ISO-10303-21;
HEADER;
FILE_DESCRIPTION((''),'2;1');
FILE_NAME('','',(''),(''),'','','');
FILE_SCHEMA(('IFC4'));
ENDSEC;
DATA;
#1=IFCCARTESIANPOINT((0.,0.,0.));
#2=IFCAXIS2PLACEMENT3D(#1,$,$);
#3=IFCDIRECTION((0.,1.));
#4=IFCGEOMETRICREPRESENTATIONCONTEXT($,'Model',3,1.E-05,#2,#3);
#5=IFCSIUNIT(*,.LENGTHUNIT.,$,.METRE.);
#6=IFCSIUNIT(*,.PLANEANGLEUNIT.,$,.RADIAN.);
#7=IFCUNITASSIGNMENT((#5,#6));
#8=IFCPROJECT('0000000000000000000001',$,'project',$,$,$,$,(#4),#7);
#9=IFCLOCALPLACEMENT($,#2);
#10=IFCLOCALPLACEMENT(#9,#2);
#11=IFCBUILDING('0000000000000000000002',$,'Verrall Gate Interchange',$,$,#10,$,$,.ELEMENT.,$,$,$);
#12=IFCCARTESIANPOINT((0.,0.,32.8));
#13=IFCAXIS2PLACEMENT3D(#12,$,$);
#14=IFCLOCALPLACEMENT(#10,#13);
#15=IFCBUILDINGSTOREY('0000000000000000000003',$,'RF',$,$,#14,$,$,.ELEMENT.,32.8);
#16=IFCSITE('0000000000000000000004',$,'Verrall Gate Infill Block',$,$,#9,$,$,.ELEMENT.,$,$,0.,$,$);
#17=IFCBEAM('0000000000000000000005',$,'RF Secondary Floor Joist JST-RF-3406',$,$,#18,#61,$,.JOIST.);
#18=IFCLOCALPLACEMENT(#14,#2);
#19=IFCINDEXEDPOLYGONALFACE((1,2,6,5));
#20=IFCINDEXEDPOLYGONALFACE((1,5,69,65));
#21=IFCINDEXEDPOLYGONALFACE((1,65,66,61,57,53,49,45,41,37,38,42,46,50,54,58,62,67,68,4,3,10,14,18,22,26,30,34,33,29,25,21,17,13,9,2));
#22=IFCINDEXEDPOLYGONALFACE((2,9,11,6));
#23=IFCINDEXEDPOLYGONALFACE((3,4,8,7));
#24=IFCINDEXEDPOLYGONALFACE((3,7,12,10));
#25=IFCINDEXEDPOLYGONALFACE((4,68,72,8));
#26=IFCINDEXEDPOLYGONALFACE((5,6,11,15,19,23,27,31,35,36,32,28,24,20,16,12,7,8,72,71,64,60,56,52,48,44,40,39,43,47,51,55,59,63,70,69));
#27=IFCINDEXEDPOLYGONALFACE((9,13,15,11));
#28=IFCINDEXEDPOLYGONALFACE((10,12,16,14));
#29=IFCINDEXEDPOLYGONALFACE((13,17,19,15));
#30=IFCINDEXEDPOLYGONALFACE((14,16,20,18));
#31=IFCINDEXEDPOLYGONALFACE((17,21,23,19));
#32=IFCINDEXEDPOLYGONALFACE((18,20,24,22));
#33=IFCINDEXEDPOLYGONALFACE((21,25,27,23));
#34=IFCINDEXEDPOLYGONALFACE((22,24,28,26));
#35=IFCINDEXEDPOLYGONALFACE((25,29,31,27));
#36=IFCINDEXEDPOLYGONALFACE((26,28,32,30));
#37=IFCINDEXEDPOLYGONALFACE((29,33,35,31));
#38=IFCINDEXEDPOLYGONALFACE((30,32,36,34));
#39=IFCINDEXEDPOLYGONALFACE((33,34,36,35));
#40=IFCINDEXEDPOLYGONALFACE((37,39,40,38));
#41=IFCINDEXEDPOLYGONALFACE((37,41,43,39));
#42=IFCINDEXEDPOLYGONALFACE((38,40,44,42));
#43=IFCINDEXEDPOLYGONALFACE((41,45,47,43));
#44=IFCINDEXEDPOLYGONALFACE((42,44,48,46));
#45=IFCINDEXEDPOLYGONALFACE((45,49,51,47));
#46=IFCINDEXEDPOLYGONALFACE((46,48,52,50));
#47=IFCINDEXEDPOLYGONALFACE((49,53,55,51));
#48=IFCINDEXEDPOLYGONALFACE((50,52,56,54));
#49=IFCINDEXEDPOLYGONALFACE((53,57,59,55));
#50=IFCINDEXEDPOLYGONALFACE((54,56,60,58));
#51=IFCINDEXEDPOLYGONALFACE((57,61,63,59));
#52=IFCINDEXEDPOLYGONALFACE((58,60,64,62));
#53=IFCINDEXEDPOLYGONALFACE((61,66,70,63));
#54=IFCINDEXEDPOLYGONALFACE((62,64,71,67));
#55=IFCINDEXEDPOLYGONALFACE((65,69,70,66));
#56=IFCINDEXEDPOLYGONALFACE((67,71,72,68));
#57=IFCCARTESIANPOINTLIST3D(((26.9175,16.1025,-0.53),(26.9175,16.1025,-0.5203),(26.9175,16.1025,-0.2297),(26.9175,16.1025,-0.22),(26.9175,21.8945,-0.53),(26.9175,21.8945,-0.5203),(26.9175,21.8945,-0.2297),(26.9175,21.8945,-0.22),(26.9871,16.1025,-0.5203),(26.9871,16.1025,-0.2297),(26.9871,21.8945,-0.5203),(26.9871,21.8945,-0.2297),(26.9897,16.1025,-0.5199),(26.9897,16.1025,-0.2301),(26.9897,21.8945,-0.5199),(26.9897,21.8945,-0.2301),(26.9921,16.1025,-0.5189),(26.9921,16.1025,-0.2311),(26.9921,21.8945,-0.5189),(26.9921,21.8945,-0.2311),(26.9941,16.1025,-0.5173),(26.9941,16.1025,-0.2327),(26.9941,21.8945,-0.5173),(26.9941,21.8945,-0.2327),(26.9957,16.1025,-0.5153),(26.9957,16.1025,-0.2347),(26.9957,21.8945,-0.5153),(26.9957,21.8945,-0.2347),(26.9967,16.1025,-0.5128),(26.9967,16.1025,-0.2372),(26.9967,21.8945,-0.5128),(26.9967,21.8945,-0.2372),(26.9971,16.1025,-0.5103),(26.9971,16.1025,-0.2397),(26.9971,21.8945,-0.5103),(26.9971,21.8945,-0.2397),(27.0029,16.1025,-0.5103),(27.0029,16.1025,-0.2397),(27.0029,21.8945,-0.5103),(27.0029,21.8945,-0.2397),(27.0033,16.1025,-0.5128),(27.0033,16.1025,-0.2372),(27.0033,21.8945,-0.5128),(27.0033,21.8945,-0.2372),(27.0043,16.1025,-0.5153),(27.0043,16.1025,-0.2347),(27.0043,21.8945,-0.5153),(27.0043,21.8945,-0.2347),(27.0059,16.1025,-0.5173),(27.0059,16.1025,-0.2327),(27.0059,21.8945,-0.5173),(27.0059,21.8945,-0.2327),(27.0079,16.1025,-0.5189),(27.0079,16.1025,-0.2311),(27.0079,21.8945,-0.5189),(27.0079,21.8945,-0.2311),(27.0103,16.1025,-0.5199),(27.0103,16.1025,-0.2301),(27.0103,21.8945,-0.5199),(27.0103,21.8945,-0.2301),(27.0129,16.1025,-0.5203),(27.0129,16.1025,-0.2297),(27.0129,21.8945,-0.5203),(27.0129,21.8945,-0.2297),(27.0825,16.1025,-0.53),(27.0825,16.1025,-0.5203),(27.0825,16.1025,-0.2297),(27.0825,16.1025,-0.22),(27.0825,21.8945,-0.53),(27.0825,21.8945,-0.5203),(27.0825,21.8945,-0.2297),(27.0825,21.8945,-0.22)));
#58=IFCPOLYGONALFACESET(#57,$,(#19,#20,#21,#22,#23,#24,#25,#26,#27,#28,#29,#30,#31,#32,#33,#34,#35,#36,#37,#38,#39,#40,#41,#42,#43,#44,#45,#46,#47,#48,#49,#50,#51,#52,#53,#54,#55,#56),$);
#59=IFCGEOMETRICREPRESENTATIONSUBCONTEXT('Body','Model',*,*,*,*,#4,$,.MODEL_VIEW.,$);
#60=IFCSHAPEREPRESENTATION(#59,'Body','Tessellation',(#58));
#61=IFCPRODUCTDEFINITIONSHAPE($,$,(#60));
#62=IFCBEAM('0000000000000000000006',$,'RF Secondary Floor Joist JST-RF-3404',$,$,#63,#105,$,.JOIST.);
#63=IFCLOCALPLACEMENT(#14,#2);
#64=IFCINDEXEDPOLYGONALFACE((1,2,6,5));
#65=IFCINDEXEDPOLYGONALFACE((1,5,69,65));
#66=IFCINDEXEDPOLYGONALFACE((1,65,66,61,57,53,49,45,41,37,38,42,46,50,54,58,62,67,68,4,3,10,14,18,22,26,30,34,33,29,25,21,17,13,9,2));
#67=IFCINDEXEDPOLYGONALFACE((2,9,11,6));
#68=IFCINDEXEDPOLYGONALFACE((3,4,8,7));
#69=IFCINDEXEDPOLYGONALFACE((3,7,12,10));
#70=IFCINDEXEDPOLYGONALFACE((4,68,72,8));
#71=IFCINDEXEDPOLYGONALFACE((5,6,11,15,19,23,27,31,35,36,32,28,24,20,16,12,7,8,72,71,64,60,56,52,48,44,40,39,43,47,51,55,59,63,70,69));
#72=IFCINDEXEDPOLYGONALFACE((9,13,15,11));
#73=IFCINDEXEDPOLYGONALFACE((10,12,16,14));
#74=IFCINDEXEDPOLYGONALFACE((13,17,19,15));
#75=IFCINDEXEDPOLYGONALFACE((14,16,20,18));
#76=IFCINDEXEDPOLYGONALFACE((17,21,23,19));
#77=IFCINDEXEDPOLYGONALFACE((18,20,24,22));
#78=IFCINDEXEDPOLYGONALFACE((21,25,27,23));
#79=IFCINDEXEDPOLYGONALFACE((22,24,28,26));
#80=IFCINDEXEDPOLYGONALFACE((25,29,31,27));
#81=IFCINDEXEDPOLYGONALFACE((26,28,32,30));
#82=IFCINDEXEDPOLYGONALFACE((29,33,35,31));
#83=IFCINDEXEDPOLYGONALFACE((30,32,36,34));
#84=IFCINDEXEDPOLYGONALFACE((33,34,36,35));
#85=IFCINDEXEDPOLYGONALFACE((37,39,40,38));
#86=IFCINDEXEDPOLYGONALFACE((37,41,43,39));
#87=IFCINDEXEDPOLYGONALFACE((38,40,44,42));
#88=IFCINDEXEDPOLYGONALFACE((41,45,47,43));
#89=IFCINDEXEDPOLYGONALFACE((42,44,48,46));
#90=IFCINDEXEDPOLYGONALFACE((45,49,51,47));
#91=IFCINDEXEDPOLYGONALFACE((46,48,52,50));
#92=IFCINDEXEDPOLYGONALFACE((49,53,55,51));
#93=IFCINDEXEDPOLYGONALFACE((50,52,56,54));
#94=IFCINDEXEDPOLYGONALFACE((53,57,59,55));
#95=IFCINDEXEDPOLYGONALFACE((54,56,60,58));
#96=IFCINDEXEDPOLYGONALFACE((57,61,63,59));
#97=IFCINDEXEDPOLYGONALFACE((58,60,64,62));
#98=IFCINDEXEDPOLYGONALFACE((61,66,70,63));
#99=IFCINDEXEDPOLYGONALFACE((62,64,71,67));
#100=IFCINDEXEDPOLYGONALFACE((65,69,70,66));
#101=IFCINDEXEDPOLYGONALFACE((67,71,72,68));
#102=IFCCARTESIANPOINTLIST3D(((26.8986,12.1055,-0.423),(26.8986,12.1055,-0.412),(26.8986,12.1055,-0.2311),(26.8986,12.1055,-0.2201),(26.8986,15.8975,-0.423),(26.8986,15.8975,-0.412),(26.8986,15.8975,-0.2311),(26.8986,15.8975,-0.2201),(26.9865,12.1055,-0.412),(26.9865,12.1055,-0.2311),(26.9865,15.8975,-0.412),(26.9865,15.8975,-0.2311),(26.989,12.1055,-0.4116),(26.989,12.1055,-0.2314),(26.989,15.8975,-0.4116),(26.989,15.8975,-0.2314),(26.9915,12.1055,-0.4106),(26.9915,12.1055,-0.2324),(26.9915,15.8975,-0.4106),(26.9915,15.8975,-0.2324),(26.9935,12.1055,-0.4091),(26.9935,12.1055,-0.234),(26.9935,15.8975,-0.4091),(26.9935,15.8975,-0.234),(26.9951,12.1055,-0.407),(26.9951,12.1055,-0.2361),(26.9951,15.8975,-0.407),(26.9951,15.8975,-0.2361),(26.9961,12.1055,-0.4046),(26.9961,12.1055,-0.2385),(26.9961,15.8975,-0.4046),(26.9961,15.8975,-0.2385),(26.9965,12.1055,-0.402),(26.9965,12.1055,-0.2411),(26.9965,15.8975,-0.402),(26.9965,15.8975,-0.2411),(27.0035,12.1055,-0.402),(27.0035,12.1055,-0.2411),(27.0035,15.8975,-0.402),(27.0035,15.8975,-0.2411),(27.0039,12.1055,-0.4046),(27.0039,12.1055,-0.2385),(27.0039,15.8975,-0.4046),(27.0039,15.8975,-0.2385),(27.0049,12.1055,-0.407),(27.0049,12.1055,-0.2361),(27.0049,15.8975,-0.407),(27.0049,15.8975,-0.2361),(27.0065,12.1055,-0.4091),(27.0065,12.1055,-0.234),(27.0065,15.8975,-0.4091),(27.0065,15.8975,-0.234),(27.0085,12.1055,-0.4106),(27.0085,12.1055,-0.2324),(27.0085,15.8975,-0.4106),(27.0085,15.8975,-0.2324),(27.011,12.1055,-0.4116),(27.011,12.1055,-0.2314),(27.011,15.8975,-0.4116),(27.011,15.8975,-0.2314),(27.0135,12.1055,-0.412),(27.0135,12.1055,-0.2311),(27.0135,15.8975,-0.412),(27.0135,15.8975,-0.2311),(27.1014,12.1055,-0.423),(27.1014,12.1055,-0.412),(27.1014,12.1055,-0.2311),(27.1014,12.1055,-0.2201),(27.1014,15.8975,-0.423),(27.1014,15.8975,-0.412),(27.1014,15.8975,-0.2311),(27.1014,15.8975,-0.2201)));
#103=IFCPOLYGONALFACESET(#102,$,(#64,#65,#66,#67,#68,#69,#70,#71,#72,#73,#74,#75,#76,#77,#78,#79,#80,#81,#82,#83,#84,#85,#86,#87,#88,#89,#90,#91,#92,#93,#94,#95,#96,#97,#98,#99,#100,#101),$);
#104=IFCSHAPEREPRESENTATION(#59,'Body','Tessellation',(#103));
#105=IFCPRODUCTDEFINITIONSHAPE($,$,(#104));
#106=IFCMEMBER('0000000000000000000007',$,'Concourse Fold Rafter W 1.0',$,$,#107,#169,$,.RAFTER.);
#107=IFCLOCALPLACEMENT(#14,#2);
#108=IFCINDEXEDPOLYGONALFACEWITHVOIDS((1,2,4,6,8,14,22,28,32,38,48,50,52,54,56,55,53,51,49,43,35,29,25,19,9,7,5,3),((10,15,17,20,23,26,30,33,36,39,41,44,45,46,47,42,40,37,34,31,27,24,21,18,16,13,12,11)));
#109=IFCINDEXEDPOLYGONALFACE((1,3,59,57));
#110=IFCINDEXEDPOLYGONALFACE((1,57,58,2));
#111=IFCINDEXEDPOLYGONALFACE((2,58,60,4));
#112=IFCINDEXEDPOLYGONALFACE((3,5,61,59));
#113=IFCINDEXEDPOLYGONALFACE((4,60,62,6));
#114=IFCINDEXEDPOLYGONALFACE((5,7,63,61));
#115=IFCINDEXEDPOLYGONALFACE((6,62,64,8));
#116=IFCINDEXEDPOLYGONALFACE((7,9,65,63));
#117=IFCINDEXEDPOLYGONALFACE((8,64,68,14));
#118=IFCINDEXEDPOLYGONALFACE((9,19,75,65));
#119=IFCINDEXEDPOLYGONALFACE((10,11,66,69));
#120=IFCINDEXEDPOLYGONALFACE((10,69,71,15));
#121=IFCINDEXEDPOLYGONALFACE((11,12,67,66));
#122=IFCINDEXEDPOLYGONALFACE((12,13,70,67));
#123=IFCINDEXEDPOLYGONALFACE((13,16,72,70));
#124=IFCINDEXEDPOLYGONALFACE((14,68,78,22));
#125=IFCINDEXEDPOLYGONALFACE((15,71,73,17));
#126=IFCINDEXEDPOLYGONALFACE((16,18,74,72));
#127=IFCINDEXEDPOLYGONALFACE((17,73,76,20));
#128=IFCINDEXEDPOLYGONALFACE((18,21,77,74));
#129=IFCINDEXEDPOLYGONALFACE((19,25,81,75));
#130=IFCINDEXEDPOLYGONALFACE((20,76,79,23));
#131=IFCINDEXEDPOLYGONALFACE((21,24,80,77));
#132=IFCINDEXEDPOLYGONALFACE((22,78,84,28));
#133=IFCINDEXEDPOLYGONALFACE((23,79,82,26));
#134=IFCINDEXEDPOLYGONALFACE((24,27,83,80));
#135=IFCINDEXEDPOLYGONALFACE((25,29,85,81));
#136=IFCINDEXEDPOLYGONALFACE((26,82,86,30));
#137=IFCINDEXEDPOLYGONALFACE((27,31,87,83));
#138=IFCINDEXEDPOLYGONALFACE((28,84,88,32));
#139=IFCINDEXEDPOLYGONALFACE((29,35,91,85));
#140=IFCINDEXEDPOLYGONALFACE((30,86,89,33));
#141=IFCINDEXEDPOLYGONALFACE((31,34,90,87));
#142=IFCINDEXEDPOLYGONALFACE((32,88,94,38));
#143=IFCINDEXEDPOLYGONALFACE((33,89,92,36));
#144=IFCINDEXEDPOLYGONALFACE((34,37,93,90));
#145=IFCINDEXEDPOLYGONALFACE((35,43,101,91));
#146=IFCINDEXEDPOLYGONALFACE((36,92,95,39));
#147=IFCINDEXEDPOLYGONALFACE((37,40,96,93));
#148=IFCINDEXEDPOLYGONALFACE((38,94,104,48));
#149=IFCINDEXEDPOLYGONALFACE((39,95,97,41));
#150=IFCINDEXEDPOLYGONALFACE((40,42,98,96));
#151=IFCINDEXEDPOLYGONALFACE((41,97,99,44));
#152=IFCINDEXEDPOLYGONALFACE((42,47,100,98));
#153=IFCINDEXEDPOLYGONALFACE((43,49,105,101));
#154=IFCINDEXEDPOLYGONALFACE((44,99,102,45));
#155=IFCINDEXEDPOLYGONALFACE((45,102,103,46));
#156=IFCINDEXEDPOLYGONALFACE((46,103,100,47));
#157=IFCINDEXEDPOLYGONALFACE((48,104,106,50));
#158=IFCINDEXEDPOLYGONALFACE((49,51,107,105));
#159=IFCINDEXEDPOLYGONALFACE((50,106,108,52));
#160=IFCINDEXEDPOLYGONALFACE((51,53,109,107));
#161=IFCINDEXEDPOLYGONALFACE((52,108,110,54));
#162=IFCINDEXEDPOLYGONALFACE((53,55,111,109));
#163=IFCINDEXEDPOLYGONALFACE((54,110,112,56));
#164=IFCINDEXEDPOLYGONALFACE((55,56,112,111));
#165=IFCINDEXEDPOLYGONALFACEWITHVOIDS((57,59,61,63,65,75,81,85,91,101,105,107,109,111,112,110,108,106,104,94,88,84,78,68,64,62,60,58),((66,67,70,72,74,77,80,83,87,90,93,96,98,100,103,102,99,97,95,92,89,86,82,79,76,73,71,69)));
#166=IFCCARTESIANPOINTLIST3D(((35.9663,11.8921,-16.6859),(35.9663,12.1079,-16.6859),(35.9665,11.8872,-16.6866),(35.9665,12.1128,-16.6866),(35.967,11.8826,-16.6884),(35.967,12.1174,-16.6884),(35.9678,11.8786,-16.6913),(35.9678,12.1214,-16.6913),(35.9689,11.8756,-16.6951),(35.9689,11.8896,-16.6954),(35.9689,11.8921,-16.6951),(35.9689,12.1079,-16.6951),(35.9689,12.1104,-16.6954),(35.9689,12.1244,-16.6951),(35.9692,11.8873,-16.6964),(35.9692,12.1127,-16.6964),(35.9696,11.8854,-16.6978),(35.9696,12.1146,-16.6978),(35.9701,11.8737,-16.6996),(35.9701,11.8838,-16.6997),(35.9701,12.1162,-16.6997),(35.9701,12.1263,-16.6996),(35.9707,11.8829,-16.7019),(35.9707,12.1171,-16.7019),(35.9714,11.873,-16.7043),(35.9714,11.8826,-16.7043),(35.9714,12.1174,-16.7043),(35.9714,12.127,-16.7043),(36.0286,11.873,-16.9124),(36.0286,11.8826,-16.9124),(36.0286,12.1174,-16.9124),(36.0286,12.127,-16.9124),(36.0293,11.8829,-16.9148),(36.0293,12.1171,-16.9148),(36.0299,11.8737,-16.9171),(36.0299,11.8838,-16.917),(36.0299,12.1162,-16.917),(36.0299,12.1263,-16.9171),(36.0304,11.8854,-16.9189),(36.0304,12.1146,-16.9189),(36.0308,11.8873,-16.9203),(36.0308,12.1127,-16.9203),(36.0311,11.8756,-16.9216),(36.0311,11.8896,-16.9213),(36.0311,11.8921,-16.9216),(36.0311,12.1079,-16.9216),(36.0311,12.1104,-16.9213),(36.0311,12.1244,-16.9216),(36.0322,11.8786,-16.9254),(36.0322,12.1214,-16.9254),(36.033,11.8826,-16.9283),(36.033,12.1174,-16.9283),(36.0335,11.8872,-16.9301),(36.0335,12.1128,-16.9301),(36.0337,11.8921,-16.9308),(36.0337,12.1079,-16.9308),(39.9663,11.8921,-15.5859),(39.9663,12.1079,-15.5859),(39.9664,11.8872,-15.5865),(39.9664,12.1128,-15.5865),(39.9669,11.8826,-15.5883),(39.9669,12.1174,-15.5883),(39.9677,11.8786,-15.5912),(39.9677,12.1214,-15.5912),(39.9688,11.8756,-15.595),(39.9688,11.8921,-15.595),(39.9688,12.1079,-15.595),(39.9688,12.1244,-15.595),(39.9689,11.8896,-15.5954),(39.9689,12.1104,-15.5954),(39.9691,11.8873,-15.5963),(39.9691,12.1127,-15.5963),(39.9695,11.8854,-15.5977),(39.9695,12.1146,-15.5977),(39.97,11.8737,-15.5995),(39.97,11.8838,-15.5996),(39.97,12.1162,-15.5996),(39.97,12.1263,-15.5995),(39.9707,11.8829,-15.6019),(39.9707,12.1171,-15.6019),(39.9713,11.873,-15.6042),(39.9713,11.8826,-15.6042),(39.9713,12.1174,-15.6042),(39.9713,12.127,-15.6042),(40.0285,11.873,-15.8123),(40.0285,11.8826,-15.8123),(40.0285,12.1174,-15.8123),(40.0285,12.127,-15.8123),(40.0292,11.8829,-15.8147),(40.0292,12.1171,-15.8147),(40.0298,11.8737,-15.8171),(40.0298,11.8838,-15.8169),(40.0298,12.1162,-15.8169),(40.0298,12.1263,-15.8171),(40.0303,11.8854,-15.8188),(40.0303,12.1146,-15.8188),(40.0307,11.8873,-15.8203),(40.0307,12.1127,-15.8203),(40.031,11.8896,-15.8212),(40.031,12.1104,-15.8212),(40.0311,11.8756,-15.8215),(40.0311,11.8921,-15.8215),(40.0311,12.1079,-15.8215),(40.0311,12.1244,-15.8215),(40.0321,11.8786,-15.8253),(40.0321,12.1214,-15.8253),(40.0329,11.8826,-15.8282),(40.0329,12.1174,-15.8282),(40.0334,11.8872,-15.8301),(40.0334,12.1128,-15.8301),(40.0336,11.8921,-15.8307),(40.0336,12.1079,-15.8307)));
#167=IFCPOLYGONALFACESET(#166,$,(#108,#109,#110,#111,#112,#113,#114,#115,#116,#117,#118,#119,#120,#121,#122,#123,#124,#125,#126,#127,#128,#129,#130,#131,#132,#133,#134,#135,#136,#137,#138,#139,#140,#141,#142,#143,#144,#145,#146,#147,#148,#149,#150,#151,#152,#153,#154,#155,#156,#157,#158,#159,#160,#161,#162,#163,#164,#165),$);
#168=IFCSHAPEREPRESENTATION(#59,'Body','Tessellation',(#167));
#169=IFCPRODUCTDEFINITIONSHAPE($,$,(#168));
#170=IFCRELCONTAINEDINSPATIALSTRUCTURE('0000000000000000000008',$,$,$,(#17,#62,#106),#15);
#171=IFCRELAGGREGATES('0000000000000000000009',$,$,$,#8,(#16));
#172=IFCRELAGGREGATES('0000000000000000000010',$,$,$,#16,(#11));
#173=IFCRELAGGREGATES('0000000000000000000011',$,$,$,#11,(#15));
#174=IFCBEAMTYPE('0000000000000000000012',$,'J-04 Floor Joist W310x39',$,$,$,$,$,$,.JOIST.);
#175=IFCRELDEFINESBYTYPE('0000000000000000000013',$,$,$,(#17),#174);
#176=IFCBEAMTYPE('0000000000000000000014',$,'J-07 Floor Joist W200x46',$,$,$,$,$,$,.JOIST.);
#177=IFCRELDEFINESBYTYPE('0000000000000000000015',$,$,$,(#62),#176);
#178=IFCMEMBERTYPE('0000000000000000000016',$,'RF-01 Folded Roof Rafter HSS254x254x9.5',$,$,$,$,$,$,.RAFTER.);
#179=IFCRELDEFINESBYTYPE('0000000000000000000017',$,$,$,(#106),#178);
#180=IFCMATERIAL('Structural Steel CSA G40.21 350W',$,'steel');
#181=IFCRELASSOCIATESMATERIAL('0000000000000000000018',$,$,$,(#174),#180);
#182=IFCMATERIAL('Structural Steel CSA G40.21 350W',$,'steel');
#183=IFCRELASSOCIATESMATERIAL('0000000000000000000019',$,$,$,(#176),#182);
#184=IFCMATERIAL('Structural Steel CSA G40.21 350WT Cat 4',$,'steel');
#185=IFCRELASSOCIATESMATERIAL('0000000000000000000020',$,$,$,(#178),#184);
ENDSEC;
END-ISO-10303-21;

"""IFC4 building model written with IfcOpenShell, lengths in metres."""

from ifc_helpers import new_model, si_unit, direction, frame, origin, origin_2d, place, context, subcontext, project, spatial, hollow_rectangle, i_section, extrude, material, material_profile, profile_set, type_object, element, save


model = new_model("IFC4")

# Units and contexts
model_context = context("Model", 3, precision=1e-05, world=origin(), true_north=direction((0.0, 1.0)))
body_context = subcontext(model_context, "Body", "Model", "MODEL_VIEW")
ifc_project = project(units=[si_unit("LENGTHUNIT", "METRE"), si_unit("PLANEANGLEUNIT", "RADIAN")], contexts=[model_context])

# Site, building, storey
site_placement = place(None, origin())
site = spatial("IfcSite", under=ifc_project, at=site_placement, Name="Verrall Gate Infill Block", CompositionType="ELEMENT", RefElevation=0.0)
building_placement = place(site_placement, origin())
building = spatial("IfcBuilding", under=site, at=building_placement, Name="Verrall Gate Interchange", CompositionType="ELEMENT")
storey_placement = place(building_placement, frame((0.0, 0.0, 32.8)))
storey = spatial("IfcBuildingStorey", under=building, at=storey_placement, Name="RF", CompositionType="ELEMENT", Elevation=32.8)

# Beams
ifc_material_1 = material(Name="Structural Steel CSA G40.21 350W", Category="steel")
ifc_material_profile_1 = material_profile(ifc_material_1, i_section(OverallWidth=0.165, OverallDepth=0.3101, WebThickness=0.0059, FlangeThickness=0.0098, FilletRadius=0.01, at=origin_2d()), Name="W310x39")
ifc_profile_set_1 = profile_set([ifc_material_profile_1], Name="Structural Steel CSA G40.21 350W")
beam_type_1 = type_object("IfcBeamType", Name="J-04 Floor Joist W310x39", PredefinedType="JOIST", material=ifc_profile_set_1)
beam_1_placement = place(storey_placement, frame((27.0, 16.1025, -0.375), z_axis=(0.0, 1.0, 0.0), x_axis=(-1.0, 0.0, 0.0)))
element("IfcBeam", 1, at=beam_1_placement, inside=storey, type_object=beam_type_1, Name="RF Secondary Floor Joist JST-RF-3406", PredefinedType="JOIST", context=body_context, shape_type="SweptSolid", body=[
    extrude(i_section(OverallWidth=0.165, OverallDepth=0.3101, WebThickness=0.0059, FlangeThickness=0.0098, FilletRadius=0.01, at=origin_2d()), origin(), (0.0, 0.0, 1.0), 5.792),
])
ifc_material_2 = material(Name="Structural Steel CSA G40.21 350W", Category="steel")
ifc_material_profile_2 = material_profile(ifc_material_2, i_section(OverallWidth=0.2029, OverallDepth=0.2029, WebThickness=0.0071, FlangeThickness=0.011, FilletRadius=0.01, at=origin_2d()), Name="W200x46")
ifc_profile_set_2 = profile_set([ifc_material_profile_2], Name="Structural Steel CSA G40.21 350W")
beam_type_2 = type_object("IfcBeamType", Name="J-07 Floor Joist W200x46", PredefinedType="JOIST", material=ifc_profile_set_2)
beam_2_placement = place(storey_placement, frame((27.0, 12.1055, -0.3215), z_axis=(0.0, 1.0, 0.0), x_axis=(-1.0, 0.0, 0.0)))
element("IfcBeam", 2, at=beam_2_placement, inside=storey, type_object=beam_type_2, Name="RF Secondary Floor Joist JST-RF-3404", PredefinedType="JOIST", context=body_context, shape_type="SweptSolid", body=[
    extrude(i_section(OverallWidth=0.2029, OverallDepth=0.2029, WebThickness=0.0071, FlangeThickness=0.011, FilletRadius=0.01, at=origin_2d()), origin(), (0.0, 0.0, 1.0), 3.792),
])

# Member
ifc_material_3 = material(Name="Structural Steel CSA G40.21 350WT Cat 4", Category="steel")
ifc_material_profile_3 = material_profile(ifc_material_3, hollow_rectangle(XDim=0.2539, YDim=0.2539, WallThickness=0.0095, InnerFilletRadius=0.0095, OuterFilletRadius=0.019, at=origin_2d()), Name="HSS254x254x9.5")
ifc_profile_set_3 = profile_set([ifc_material_profile_3], Name="Structural Steel CSA G40.21 350WT Cat 4")
member_type_1 = type_object("IfcMemberType", Name="RF-01 Folded Roof Rafter HSS254x254x9.5", PredefinedType="RAFTER", material=ifc_profile_set_3)
member_1_placement = place(storey_placement, frame((36.0, 12.0, -16.8083), z_axis=(0.964199, 0.0, 0.265178), x_axis=(0.0, 1.0, 0.0)))
element("IfcMember", 3, at=member_1_placement, inside=storey, type_object=member_type_1, Name="Concourse Fold Rafter W 1.0", PredefinedType="RAFTER", context=body_context, shape_type="SweptSolid", body=[
    extrude(hollow_rectangle(XDim=0.2539, YDim=0.2539, WallThickness=0.0095, InnerFilletRadius=0.0095, OuterFilletRadius=0.019, at=origin_2d()), origin(), (0.0, 0.0, 1.0), 4.1484),
])

save(model, "model.ifc")
